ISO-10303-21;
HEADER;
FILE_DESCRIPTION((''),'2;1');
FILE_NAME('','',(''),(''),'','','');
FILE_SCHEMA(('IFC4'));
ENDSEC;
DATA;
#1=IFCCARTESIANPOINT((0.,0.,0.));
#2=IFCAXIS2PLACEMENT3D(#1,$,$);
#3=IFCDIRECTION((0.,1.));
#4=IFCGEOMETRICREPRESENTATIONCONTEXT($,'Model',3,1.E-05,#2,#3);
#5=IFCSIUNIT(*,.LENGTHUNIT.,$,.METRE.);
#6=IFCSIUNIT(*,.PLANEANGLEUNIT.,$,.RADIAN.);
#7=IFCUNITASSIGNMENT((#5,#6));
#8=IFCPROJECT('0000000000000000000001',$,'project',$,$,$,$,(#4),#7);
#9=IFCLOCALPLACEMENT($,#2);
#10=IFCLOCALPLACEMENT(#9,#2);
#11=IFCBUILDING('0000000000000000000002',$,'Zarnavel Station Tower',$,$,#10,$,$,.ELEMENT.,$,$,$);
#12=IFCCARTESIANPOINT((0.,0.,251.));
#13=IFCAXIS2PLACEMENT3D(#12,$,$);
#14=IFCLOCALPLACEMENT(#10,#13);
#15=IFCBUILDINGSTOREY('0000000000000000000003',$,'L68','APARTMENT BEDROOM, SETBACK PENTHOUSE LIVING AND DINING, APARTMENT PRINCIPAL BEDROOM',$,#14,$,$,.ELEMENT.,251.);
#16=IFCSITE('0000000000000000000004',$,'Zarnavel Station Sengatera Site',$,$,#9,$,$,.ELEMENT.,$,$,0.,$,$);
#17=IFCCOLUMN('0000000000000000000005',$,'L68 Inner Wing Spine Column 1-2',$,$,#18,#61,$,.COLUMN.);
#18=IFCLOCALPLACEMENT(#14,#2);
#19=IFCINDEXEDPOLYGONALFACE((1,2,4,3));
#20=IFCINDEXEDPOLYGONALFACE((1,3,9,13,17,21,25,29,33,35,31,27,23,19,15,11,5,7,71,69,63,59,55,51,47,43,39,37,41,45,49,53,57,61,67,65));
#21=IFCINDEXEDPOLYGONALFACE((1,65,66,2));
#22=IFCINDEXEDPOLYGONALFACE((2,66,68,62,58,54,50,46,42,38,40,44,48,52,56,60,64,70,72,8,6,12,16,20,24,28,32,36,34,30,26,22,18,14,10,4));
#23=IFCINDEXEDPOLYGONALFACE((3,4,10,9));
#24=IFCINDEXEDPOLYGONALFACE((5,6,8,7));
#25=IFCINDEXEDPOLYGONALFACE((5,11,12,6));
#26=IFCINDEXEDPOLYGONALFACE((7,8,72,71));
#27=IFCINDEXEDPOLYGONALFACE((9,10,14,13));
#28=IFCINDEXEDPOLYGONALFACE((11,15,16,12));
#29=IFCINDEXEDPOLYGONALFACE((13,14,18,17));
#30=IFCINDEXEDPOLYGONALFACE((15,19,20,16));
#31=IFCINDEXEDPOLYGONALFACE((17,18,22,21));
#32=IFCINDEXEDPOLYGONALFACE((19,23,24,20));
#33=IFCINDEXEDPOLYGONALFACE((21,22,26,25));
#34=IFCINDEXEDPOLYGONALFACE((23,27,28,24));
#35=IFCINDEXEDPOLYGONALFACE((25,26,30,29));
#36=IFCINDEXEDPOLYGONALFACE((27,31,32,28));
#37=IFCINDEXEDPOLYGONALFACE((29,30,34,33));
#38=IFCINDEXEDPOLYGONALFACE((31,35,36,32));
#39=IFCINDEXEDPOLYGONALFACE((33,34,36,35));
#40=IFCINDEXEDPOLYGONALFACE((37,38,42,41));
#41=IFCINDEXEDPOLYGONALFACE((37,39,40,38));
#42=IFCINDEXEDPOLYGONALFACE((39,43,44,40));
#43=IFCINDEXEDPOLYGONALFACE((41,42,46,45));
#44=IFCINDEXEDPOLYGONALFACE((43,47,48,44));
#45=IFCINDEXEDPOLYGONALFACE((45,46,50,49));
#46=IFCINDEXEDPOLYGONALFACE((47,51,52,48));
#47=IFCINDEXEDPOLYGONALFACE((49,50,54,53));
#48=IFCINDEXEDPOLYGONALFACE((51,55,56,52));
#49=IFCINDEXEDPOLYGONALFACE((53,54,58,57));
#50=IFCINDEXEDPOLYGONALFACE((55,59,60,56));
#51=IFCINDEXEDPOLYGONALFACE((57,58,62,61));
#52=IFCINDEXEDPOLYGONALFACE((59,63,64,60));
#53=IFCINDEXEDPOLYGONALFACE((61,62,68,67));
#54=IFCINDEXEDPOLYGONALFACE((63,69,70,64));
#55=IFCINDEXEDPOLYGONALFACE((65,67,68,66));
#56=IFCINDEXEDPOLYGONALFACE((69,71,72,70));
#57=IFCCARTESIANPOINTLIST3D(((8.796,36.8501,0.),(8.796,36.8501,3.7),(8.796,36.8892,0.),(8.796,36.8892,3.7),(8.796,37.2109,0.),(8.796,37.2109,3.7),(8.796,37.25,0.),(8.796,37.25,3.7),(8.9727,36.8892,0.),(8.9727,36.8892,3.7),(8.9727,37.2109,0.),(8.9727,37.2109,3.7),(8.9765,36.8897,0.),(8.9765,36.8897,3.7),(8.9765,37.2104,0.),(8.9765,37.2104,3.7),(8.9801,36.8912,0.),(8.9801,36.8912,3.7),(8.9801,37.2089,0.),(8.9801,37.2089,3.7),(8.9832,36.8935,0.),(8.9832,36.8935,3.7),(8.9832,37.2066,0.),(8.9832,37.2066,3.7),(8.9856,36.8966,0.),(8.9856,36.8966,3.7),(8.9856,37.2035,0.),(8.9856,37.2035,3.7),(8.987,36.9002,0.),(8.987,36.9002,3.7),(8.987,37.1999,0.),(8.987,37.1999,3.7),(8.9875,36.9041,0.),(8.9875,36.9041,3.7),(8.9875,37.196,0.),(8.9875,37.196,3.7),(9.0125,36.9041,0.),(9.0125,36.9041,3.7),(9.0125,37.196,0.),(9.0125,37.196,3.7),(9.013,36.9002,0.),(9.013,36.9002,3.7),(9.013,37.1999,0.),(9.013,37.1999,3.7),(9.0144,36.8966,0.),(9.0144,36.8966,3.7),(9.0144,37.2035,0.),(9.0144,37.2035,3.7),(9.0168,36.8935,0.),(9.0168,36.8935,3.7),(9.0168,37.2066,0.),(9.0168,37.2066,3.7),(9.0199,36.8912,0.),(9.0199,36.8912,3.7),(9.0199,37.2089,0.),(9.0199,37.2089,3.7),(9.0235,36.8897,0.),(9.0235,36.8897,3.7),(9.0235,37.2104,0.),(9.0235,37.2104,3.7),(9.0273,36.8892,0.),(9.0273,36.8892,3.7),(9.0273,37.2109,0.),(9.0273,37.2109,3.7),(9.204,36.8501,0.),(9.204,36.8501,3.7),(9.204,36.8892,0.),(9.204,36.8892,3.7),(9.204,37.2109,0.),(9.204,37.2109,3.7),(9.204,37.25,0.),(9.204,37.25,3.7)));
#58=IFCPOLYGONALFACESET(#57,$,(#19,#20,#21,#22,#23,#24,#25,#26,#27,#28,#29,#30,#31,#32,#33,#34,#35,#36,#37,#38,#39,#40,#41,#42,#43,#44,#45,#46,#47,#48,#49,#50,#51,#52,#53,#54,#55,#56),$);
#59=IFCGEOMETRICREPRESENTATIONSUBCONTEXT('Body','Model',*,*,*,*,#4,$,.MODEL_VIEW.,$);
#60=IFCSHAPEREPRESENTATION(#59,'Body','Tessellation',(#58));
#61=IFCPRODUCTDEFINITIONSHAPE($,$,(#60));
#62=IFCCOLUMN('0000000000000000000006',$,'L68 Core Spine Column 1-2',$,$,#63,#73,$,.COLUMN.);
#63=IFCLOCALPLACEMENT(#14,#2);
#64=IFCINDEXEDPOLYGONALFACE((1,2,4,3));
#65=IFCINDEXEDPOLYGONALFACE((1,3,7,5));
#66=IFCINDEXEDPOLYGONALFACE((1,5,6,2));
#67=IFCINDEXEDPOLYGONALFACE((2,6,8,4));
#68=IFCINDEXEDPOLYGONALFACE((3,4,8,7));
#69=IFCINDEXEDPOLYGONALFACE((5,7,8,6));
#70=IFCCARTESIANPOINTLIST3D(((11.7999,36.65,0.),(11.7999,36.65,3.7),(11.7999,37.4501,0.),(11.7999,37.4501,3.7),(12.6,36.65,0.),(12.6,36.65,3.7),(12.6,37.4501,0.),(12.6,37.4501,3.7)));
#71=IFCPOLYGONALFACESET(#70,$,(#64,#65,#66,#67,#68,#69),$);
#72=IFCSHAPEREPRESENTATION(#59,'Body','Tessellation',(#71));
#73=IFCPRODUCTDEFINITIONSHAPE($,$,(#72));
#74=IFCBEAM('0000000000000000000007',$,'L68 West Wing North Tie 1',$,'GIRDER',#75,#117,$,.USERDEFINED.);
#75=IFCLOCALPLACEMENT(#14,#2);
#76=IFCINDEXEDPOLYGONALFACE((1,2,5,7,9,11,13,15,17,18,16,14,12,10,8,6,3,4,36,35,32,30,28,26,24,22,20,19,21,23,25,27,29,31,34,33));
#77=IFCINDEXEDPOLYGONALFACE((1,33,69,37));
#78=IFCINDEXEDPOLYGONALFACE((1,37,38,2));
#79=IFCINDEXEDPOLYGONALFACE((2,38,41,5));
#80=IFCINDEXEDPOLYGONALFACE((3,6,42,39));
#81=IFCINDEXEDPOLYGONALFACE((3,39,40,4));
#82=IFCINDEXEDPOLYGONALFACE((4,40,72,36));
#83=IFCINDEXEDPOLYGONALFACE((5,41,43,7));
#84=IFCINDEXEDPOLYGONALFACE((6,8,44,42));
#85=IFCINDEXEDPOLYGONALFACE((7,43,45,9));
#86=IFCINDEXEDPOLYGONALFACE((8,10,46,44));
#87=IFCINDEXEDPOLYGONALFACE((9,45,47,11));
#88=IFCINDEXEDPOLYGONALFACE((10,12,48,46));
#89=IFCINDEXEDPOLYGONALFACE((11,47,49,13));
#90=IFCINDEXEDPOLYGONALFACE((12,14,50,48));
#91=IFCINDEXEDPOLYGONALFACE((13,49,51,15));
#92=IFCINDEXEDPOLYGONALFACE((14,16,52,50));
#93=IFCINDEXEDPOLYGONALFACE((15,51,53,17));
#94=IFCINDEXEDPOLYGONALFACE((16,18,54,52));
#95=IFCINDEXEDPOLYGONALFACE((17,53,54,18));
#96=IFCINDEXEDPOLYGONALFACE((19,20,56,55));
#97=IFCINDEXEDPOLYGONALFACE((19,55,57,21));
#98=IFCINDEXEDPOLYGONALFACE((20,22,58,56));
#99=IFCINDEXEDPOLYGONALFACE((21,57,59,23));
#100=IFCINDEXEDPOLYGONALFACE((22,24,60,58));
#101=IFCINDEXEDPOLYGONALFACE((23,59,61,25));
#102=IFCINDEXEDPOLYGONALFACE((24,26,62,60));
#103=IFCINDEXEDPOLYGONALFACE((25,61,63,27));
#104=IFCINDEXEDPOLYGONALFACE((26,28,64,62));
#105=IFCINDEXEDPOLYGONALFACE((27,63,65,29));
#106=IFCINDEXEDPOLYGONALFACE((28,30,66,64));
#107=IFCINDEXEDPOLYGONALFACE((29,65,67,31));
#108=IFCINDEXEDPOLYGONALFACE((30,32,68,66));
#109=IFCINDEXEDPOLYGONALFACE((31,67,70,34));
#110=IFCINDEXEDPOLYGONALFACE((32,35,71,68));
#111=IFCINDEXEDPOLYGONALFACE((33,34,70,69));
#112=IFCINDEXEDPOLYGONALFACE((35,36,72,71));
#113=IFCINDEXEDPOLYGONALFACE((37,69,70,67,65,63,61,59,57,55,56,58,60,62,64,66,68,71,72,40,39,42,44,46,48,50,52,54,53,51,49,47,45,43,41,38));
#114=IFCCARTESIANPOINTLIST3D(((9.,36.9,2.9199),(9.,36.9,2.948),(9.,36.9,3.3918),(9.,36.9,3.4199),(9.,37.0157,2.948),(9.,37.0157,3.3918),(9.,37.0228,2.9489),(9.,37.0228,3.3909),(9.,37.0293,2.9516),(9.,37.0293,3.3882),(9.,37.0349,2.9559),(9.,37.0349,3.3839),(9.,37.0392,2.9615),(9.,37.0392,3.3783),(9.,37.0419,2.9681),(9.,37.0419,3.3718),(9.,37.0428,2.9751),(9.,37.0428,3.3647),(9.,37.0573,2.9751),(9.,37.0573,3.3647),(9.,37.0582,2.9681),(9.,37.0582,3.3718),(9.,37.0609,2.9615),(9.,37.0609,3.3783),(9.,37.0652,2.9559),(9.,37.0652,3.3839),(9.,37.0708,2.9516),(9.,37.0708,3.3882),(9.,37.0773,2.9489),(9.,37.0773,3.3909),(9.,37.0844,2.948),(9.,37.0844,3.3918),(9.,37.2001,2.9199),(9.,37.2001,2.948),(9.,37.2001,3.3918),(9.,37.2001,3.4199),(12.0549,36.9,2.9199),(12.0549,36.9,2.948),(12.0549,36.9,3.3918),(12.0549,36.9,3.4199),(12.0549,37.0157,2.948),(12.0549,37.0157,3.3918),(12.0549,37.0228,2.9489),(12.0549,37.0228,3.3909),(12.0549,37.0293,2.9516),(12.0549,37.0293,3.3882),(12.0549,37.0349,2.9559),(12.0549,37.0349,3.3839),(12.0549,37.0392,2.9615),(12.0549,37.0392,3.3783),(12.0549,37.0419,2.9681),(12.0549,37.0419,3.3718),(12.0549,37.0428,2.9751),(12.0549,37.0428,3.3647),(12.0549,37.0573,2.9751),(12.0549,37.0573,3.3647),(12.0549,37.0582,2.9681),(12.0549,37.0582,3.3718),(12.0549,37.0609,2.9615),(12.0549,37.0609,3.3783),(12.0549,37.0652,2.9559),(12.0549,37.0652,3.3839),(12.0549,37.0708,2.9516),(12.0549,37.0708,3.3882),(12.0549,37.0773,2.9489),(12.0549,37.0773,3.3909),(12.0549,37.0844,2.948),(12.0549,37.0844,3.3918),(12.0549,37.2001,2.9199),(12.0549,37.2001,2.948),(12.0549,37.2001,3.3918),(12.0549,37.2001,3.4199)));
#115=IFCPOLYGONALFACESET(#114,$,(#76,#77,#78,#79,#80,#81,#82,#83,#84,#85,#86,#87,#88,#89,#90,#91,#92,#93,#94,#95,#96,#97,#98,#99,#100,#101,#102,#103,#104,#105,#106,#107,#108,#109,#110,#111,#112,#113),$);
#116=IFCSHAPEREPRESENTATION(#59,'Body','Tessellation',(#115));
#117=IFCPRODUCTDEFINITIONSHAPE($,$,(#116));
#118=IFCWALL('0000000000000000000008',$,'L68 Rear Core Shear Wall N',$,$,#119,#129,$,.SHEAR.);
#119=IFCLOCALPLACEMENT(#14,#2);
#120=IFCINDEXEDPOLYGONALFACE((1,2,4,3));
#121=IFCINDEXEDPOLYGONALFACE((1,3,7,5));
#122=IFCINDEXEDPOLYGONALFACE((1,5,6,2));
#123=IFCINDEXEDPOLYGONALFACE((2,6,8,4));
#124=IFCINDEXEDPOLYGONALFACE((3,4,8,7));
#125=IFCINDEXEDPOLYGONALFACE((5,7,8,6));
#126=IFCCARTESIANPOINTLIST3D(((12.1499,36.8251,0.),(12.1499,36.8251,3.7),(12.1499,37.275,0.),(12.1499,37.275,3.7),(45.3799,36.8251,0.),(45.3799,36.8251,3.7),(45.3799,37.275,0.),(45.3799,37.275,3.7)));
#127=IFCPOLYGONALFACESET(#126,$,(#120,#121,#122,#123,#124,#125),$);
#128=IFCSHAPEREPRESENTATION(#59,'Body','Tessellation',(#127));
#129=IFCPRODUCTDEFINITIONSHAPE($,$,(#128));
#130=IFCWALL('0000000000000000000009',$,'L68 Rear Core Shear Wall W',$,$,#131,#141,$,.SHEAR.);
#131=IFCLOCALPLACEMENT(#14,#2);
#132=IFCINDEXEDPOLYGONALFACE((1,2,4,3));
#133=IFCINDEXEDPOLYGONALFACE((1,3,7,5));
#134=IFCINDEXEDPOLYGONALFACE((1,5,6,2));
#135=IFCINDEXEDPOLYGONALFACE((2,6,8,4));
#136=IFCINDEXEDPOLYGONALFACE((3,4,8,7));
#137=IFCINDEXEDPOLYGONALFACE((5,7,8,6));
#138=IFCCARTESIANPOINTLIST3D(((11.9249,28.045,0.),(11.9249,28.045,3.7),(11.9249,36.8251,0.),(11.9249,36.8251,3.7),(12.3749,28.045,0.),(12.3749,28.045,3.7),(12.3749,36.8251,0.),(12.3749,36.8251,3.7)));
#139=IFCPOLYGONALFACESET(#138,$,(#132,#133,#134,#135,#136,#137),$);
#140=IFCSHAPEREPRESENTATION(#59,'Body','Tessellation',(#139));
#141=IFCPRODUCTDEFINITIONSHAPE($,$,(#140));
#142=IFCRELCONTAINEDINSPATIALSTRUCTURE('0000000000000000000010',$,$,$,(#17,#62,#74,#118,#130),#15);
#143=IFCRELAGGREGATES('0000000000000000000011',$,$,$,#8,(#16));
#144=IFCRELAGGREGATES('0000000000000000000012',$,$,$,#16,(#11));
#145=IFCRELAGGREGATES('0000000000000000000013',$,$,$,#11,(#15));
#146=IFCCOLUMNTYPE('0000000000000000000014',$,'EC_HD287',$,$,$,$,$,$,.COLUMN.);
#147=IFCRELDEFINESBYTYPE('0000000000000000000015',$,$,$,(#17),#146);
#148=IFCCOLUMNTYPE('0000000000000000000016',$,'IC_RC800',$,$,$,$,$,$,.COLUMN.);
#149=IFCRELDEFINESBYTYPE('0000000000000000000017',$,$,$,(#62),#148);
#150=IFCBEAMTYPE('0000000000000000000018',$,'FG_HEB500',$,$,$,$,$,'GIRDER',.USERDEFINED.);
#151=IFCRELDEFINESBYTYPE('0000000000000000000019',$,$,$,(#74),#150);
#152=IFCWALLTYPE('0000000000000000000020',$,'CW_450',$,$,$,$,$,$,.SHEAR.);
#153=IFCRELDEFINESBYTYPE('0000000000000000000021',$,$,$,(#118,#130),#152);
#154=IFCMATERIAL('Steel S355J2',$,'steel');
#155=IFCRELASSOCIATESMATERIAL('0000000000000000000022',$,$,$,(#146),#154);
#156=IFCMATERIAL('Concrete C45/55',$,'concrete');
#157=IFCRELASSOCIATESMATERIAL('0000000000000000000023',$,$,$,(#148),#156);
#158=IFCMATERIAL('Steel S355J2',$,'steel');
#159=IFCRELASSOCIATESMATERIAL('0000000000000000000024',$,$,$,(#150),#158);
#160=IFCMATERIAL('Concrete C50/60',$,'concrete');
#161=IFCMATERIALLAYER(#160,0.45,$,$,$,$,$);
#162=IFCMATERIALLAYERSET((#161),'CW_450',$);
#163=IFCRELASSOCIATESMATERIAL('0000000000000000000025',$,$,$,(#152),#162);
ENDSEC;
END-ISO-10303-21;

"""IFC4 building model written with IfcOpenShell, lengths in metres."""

from ifc_helpers import new_model, si_unit, direction, frame, frame_2d, origin, origin_2d, place, context, subcontext, project, spatial, rectangle, i_section, extrude, material, layer, layer_set, material_profile, profile_set, type_object, element, save


model = new_model("IFC4")

# Units and contexts
model_context = context("Model", 3, precision=1e-05, world=origin(), true_north=direction((0.0, 1.0)))
body_context = subcontext(model_context, "Body", "Model", "MODEL_VIEW")
ifc_project = project(units=[si_unit("LENGTHUNIT", "METRE"), si_unit("PLANEANGLEUNIT", "RADIAN")], contexts=[model_context])

# Site, building, storey
site_placement = place(None, origin())
site = spatial("IfcSite", under=ifc_project, at=site_placement, Name="Zarnavel Station Sengatera Site", CompositionType="ELEMENT", RefElevation=0.0)
building_placement = place(site_placement, origin())
building = spatial("IfcBuilding", under=site, at=building_placement, Name="Zarnavel Station Tower", CompositionType="ELEMENT")
storey_placement = place(building_placement, frame((0.0, 0.0, 251.0)))
storey = spatial("IfcBuildingStorey", under=building, at=storey_placement, Name="L68", Description="APARTMENT BEDROOM, SETBACK PENTHOUSE LIVING AND DINING, APARTMENT PRINCIPAL BEDROOM", CompositionType="ELEMENT", Elevation=251.0)

# Columns
ifc_material_1 = material(Name="Steel S355J2", Category="steel")
ifc_material_profile_1 = material_profile(ifc_material_1, i_section(OverallWidth=0.408, OverallDepth=0.3999, WebThickness=0.0249, FlangeThickness=0.0391, FilletRadius=0.0149, at=origin_2d()), Name="HD400x287")
ifc_profile_set_1 = profile_set([ifc_material_profile_1], Name="Steel S355J2")
column_type_1 = type_object("IfcColumnType", Name="EC_HD287", PredefinedType="COLUMN", material=ifc_profile_set_1)
column_1_placement = place(storey_placement, frame((9.0, 37.05, 0.0), z_axis=(0.0, 0.0, 1.0), x_axis=(1.0, 0.0, 0.0)))
element("IfcColumn", 1, at=column_1_placement, inside=storey, type_object=column_type_1, Name="L68 Inner Wing Spine Column 1-2", PredefinedType="COLUMN", context=body_context, shape_type="SweptSolid", body=[
    extrude(i_section(OverallWidth=0.408, OverallDepth=0.3999, WebThickness=0.0249, FlangeThickness=0.0391, FilletRadius=0.0149, at=origin_2d()), origin(), (0.0, 0.0, 1.0), 3.7),
])
ifc_material_2 = material(Name="Concrete C45/55", Category="concrete")
ifc_material_profile_2 = material_profile(ifc_material_2, rectangle(XDim=0.8, YDim=0.8, at=origin_2d()), Name="RC800x800")
ifc_profile_set_2 = profile_set([ifc_material_profile_2], Name="Concrete C45/55")
column_type_2 = type_object("IfcColumnType", Name="IC_RC800", PredefinedType="COLUMN", material=ifc_profile_set_2)
column_2_placement = place(storey_placement, frame((12.2, 37.05, 0.0), z_axis=(0.0, 0.0, 1.0), x_axis=(1.0, 0.0, 0.0)))
element("IfcColumn", 2, at=column_2_placement, inside=storey, type_object=column_type_2, Name="L68 Core Spine Column 1-2", PredefinedType="COLUMN", context=body_context, shape_type="SweptSolid", body=[
    extrude(rectangle(XDim=0.8, YDim=0.8, at=origin_2d()), origin(), (0.0, 0.0, 1.0), 3.7),
])

# Beam
ifc_material_3 = material(Name="Steel S355J2", Category="steel")
ifc_material_profile_3 = material_profile(ifc_material_3, i_section(OverallWidth=0.3, OverallDepth=0.5, WebThickness=0.0144, FlangeThickness=0.0281, FilletRadius=0.0271, at=origin_2d()), Name="HEB500")
ifc_profile_set_3 = profile_set([ifc_material_profile_3], Name="Steel S355J2")
beam_type = type_object("IfcBeamType", Name="FG_HEB500", ElementType="GIRDER", PredefinedType="USERDEFINED", material=ifc_profile_set_3)
beam_placement = place(storey_placement, frame((9.0, 37.05, 3.1699), z_axis=(1.0, 0.0, 0.0), x_axis=(0.0, 1.0, 0.0)))
element("IfcBeam", 3, at=beam_placement, inside=storey, type_object=beam_type, Name="L68 West Wing North Tie 1", ObjectType="GIRDER", PredefinedType="USERDEFINED", context=body_context, shape_type="SweptSolid", body=[
    extrude(i_section(OverallWidth=0.3, OverallDepth=0.5, WebThickness=0.0144, FlangeThickness=0.0281, FilletRadius=0.0271, at=origin_2d()), origin(), (0.0, 0.0, 1.0), 3.0549),
])

# Walls
ifc_material_4 = material(Name="Concrete C50/60", Category="concrete")
ifc_layer_1 = layer(ifc_material_4, 0.45)
ifc_layer_set_1 = layer_set([ifc_layer_1], Name="CW_450")
wall_type_1 = type_object("IfcWallType", Name="CW_450", PredefinedType="SHEAR", material=ifc_layer_set_1)
wall_1_placement = place(storey_placement, frame((12.1499, 37.05, 0.0), z_axis=(0.0, 0.0, 1.0), x_axis=(1.0, 0.0, 0.0)))
element("IfcWall", 4, at=wall_1_placement, inside=storey, type_object=wall_type_1, Name="L68 Rear Core Shear Wall N", PredefinedType="SHEAR", context=body_context, shape_type="SweptSolid", body=[
    extrude(rectangle(XDim=33.23, YDim=0.45, at=frame_2d((16.615, 0.0))), origin(), (0.0, 0.0, 1.0), 3.7),
])
wall_2_placement = place(storey_placement, frame((12.1499, 28.0449, 0.0), z_axis=(0.0, 0.0, 1.0), x_axis=(0.0, 1.0, 0.0)))
element("IfcWall", 5, at=wall_2_placement, inside=storey, type_object=wall_type_1, Name="L68 Rear Core Shear Wall W", PredefinedType="SHEAR", context=body_context, shape_type="SweptSolid", body=[
    extrude(rectangle(XDim=8.78, YDim=0.45, at=frame_2d((4.3901, 0.0))), origin(), (0.0, 0.0, 1.0), 3.7),
])

save(model, "model.ifc")
